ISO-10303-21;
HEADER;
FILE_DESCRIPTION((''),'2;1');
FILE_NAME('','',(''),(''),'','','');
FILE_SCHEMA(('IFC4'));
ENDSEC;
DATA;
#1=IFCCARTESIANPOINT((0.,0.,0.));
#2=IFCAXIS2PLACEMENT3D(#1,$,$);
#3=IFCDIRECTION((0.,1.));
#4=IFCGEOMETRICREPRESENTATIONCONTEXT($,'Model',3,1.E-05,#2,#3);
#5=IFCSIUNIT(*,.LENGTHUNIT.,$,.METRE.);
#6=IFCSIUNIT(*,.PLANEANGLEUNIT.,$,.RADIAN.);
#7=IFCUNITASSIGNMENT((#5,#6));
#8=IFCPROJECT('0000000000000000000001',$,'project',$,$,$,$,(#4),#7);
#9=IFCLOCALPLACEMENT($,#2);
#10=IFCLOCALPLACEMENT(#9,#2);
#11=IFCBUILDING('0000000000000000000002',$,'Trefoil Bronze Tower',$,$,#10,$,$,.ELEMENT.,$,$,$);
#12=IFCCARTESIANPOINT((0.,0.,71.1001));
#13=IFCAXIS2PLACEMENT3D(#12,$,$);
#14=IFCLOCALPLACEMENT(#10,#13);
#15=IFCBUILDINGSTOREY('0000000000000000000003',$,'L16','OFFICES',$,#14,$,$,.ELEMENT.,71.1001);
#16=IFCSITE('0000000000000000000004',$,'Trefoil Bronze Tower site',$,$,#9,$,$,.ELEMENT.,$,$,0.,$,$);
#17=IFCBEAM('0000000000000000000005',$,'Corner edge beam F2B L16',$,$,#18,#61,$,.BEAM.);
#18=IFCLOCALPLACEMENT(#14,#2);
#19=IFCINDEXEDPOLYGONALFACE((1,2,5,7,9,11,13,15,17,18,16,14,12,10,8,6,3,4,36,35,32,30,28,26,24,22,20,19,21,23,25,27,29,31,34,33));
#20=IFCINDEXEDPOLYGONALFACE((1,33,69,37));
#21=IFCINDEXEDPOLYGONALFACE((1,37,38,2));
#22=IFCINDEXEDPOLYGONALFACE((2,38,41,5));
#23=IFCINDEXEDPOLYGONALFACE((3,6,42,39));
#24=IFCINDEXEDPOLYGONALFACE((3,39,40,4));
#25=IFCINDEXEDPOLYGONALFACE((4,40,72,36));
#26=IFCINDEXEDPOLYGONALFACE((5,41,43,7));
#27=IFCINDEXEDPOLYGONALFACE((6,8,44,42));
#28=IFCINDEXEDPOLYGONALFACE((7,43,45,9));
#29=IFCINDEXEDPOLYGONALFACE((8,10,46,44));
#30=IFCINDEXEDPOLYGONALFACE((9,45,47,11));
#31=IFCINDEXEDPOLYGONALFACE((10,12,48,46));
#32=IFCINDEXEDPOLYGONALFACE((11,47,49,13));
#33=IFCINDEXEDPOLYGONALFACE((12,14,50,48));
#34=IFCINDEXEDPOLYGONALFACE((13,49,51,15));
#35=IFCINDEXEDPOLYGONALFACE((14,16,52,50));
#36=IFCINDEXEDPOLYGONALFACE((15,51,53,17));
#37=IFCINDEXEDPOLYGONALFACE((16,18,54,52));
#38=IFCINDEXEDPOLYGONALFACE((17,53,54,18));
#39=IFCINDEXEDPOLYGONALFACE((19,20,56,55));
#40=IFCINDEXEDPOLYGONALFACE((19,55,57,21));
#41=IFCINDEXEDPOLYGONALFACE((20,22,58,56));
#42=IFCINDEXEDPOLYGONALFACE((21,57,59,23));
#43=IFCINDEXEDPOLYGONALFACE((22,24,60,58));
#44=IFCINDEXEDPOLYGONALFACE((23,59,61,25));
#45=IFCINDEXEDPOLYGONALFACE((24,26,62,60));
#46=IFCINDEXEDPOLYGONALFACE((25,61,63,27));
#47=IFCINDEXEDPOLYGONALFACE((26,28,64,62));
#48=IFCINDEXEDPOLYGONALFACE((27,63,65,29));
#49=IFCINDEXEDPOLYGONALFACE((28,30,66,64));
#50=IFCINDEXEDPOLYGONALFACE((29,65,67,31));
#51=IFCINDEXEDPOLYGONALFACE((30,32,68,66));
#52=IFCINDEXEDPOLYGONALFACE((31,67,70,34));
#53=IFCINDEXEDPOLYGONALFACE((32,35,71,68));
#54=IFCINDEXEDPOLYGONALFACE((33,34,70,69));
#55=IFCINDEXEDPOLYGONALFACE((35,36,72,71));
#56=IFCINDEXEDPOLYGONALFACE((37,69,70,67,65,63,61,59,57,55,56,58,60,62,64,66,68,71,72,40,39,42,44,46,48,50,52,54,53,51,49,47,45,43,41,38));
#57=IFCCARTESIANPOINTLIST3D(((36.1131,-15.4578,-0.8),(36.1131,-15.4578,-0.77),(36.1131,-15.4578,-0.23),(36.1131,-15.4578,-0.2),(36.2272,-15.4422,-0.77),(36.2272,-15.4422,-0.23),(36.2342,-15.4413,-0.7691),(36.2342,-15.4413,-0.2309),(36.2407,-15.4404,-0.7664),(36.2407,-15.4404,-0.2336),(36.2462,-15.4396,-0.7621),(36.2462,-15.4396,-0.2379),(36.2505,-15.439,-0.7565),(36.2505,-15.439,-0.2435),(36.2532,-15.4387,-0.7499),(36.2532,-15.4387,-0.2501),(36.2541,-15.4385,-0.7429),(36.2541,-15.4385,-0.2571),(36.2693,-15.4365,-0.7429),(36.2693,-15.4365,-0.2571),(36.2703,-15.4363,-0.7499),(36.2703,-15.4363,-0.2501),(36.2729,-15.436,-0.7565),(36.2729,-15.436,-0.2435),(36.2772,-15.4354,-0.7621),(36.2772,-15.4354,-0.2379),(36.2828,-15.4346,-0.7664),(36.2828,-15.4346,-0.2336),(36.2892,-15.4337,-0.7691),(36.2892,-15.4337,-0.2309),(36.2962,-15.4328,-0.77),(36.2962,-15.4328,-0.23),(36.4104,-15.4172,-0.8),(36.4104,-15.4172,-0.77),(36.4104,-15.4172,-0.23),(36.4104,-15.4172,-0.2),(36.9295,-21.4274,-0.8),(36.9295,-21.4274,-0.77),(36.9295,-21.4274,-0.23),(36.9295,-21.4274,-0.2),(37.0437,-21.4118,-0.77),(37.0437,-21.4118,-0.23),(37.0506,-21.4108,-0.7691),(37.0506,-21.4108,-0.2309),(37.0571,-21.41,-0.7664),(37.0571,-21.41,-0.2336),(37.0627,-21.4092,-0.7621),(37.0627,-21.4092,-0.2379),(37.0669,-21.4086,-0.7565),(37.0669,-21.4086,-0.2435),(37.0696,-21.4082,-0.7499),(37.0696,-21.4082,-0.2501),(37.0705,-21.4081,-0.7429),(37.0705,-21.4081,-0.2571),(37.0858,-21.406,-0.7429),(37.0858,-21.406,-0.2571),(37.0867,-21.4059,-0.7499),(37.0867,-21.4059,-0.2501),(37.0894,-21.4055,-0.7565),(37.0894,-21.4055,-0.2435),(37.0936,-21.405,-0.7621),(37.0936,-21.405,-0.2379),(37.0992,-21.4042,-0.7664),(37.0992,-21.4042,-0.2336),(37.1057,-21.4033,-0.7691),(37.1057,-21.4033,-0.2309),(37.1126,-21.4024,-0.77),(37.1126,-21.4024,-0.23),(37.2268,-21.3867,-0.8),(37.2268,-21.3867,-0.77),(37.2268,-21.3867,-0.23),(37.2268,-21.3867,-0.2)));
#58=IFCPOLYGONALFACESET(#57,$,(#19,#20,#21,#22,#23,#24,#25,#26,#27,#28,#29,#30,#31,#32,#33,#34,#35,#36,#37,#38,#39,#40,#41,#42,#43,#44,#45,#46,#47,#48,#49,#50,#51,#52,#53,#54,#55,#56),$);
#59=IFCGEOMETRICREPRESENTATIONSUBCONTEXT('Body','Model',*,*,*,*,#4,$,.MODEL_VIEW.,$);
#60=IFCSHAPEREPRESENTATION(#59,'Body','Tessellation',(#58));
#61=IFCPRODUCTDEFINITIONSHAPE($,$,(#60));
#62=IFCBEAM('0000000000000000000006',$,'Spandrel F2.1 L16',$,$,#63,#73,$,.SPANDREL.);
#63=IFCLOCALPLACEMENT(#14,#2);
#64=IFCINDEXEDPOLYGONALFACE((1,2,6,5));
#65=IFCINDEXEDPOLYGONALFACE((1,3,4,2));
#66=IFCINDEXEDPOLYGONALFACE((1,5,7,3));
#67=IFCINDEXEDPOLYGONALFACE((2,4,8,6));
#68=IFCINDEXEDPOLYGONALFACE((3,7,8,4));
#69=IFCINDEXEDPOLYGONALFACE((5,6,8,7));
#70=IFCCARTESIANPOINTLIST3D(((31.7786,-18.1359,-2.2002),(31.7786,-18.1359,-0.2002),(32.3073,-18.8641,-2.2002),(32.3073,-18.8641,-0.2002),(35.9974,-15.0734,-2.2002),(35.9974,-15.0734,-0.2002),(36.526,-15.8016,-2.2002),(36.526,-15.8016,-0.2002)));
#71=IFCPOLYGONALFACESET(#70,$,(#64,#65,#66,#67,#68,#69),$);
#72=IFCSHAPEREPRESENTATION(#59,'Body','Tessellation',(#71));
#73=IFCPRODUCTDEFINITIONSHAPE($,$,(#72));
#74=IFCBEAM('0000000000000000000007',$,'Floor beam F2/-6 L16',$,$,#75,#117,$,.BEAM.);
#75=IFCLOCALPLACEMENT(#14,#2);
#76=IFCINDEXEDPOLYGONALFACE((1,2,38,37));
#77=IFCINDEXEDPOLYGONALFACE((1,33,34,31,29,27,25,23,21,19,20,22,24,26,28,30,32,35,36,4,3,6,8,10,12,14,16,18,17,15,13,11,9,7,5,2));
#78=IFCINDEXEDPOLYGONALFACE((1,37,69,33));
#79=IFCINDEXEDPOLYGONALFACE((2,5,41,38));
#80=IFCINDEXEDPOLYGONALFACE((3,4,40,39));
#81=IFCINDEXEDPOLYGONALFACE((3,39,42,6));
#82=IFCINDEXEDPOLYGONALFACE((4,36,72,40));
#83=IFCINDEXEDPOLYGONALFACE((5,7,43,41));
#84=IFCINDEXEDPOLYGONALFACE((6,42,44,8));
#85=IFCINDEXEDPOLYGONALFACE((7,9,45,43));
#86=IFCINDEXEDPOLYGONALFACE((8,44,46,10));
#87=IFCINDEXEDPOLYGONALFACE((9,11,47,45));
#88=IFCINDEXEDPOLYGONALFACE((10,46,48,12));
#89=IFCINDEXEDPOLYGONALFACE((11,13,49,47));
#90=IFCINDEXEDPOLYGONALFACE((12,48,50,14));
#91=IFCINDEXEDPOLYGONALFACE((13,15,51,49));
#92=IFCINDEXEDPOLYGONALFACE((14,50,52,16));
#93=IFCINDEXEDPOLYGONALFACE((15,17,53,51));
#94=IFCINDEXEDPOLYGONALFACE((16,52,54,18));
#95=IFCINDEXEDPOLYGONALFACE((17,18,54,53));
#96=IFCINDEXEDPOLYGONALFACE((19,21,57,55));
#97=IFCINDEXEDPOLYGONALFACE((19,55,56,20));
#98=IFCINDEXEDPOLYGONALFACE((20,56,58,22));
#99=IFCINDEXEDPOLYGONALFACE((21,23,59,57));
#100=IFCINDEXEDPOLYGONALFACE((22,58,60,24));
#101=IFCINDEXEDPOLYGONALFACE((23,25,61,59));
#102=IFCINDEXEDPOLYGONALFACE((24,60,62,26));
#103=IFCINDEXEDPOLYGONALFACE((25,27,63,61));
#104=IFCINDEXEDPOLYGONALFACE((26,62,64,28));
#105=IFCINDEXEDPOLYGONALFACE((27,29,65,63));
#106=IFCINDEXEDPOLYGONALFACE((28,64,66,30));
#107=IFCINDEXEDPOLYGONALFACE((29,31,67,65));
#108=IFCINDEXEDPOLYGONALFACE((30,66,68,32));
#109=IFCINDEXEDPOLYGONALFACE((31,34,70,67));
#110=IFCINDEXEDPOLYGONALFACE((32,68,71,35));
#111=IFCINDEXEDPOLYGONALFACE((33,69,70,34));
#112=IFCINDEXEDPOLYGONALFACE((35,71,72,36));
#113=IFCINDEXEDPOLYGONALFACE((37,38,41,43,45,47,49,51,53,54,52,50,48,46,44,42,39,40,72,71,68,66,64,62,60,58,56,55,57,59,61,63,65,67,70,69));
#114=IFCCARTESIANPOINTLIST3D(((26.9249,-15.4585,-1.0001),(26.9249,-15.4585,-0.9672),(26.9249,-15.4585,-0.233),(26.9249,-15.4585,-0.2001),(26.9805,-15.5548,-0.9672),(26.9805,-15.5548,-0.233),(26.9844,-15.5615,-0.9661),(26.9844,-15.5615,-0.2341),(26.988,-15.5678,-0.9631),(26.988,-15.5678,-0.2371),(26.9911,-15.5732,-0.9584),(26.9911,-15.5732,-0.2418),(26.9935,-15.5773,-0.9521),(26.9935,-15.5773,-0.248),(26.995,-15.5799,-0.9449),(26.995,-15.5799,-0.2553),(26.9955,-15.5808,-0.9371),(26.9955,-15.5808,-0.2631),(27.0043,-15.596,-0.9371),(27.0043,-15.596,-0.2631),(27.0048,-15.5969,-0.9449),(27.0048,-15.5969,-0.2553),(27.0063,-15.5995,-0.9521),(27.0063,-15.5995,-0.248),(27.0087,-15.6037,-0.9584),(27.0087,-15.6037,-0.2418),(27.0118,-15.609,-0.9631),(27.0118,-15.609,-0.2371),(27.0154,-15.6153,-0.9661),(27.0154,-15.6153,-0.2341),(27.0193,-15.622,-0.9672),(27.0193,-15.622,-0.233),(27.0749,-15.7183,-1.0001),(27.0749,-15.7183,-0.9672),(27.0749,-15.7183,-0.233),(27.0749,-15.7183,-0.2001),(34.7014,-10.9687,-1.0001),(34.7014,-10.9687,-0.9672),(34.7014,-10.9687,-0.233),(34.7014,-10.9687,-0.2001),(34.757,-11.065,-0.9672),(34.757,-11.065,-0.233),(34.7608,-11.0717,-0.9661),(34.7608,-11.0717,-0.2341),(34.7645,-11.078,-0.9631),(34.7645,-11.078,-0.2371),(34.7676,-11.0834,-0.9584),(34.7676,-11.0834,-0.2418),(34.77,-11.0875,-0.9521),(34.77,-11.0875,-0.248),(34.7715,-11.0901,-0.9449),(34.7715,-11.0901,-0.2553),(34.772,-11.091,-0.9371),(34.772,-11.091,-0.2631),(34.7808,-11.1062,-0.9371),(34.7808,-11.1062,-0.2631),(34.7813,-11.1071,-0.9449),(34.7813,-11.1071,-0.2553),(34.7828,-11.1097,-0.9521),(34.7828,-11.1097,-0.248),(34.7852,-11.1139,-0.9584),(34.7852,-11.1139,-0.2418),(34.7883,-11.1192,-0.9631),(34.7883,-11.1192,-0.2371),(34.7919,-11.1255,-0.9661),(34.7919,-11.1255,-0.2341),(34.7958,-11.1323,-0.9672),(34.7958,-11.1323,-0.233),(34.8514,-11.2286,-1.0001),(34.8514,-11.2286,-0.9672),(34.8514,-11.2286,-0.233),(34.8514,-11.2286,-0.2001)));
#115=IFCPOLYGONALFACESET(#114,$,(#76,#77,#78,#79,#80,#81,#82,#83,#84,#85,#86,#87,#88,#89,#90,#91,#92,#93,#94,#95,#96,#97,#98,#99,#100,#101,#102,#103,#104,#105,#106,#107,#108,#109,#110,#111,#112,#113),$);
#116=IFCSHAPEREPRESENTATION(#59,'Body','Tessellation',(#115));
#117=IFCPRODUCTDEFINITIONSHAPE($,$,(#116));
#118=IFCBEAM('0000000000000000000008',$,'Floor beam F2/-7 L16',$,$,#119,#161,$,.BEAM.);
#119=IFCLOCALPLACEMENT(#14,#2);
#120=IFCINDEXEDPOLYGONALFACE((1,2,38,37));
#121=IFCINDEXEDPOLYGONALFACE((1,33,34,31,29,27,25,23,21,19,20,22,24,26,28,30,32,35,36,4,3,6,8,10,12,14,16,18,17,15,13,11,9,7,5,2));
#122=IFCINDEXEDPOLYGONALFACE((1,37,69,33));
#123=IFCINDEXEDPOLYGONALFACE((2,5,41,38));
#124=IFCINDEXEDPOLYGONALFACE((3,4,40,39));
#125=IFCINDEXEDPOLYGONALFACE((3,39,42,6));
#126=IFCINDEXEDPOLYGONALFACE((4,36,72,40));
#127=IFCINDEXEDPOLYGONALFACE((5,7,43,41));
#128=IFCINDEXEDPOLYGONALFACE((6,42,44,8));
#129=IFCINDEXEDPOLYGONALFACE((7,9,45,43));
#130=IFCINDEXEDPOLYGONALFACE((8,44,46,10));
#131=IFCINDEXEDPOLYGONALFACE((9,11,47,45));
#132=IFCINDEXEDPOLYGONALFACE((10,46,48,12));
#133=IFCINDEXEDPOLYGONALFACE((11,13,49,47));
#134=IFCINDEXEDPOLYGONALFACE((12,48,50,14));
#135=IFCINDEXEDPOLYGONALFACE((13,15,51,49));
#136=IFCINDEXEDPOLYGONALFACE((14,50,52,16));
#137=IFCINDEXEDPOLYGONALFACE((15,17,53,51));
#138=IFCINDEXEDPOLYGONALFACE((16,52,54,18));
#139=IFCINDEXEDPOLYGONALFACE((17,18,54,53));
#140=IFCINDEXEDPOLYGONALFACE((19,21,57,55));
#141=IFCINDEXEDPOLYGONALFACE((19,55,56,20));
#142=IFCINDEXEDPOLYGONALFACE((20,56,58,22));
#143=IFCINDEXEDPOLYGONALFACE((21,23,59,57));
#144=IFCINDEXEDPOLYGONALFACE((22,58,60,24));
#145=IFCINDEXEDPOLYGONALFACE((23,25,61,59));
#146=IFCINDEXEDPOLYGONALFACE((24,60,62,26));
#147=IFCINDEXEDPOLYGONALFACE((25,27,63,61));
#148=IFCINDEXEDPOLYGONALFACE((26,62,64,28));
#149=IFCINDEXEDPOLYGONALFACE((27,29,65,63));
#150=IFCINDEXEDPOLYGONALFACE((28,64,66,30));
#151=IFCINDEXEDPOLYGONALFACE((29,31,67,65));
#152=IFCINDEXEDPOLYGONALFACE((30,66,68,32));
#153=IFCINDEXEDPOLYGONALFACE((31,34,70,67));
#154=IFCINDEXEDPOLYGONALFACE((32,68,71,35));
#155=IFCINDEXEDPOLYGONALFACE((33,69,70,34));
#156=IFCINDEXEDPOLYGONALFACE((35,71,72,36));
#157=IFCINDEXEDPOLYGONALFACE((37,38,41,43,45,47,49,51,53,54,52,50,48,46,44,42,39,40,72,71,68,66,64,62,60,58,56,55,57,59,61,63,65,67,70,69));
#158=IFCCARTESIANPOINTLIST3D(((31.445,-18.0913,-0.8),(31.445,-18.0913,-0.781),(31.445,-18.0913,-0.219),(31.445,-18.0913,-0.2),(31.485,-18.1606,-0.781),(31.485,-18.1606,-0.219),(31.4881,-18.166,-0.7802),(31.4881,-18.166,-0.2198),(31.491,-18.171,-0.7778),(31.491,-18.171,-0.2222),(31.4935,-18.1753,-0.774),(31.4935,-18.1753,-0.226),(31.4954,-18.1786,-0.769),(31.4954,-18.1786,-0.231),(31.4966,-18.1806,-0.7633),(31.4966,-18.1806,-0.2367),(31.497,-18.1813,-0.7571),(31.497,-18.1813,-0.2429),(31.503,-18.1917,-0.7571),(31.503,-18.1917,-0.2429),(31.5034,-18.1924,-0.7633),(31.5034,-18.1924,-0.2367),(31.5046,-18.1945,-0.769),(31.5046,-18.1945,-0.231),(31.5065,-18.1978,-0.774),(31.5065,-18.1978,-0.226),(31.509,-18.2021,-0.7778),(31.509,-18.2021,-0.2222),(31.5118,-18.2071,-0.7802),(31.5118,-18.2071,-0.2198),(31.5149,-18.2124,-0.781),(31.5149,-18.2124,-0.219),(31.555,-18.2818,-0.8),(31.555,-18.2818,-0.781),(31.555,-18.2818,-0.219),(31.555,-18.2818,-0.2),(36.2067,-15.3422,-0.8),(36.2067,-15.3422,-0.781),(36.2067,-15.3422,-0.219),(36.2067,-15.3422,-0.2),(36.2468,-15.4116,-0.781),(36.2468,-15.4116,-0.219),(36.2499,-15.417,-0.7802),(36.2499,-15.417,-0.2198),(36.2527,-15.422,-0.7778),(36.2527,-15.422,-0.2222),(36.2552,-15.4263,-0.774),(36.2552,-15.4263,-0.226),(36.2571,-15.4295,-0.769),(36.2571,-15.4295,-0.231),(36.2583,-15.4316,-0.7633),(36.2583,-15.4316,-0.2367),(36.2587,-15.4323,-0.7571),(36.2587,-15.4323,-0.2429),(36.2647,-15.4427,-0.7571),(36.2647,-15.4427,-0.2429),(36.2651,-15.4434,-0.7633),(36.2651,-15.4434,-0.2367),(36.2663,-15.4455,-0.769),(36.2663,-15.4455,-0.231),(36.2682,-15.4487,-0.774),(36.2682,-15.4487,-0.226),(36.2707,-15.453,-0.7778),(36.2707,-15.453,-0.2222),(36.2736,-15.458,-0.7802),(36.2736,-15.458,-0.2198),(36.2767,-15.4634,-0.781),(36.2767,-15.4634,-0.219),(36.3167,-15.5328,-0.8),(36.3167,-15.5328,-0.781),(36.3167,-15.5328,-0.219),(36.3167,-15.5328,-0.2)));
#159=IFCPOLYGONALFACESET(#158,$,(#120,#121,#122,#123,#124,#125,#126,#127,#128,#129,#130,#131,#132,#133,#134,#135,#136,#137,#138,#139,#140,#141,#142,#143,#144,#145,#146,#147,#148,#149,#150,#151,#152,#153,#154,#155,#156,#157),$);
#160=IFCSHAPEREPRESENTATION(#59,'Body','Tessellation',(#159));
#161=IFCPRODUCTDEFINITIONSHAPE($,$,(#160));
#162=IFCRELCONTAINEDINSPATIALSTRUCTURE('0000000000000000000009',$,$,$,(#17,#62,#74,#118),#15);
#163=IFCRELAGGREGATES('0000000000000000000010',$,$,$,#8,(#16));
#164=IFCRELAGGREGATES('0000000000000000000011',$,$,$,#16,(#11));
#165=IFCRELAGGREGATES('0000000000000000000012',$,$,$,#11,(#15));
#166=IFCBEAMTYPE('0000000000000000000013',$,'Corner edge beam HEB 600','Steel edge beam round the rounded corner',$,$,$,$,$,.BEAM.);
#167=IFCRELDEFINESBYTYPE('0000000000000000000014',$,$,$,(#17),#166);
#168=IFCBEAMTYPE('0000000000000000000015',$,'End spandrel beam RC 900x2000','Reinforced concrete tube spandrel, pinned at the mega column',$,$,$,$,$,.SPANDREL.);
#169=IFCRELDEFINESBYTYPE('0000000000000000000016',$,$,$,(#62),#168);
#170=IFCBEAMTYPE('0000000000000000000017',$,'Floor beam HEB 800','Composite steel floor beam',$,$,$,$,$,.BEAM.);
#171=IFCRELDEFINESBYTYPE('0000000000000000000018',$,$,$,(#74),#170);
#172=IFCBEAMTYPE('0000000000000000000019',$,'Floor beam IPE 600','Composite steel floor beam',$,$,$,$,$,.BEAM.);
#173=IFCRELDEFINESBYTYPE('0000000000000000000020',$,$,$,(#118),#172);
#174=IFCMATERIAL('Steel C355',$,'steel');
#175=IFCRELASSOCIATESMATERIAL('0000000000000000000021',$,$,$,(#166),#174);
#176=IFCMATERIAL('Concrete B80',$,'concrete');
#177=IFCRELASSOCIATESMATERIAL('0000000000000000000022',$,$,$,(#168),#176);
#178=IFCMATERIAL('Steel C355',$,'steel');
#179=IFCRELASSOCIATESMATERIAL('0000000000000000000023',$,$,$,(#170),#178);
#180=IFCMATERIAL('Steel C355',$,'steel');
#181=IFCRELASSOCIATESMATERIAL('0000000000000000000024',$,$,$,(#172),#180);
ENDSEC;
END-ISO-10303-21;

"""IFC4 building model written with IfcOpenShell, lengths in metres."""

from ifc_helpers import new_model, si_unit, direction, frame, origin, origin_2d, place, context, subcontext, project, spatial, rectangle, i_section, extrude, material, material_profile, profile_set, type_object, element, save


model = new_model("IFC4")

# Units and contexts
model_context = context("Model", 3, precision=1e-05, world=origin(), true_north=direction((0.0, 1.0)))
body_context = subcontext(model_context, "Body", "Model", "MODEL_VIEW")
ifc_project = project(units=[si_unit("LENGTHUNIT", "METRE"), si_unit("PLANEANGLEUNIT", "RADIAN")], contexts=[model_context])

# Site, building, storey
site_placement = place(None, origin())
site = spatial("IfcSite", under=ifc_project, at=site_placement, Name="Trefoil Bronze Tower site", CompositionType="ELEMENT", RefElevation=0.0)
building_placement = place(site_placement, origin())
building = spatial("IfcBuilding", under=site, at=building_placement, Name="Trefoil Bronze Tower", CompositionType="ELEMENT")
storey_placement = place(building_placement, frame((0.0, 0.0, 71.1001)))
storey = spatial("IfcBuildingStorey", under=building, at=storey_placement, Name="L16", Description="OFFICES", CompositionType="ELEMENT", Elevation=71.1001)

# Beams
ifc_material_1 = material(Name="Steel C355", Category="steel")
ifc_material_profile_1 = material_profile(ifc_material_1, i_section(OverallWidth=0.3, OverallDepth=0.6001, WebThickness=0.0154, FlangeThickness=0.03, FilletRadius=0.0271, at=origin_2d()), Name="HEB 600")
ifc_profile_set_1 = profile_set([ifc_material_profile_1], Name="Steel C355")
beam_type_1 = type_object("IfcBeamType", Name="Corner edge beam HEB 600", Description="Steel edge beam round the rounded corner", PredefinedType="BEAM", material=ifc_profile_set_1)
beam_1_placement = place(storey_placement, frame((36.2617, -15.4375, -0.5), z_axis=(0.135502, -0.990777, 0.0), x_axis=(0.990777, 0.135502, 0.0)))
element("IfcBeam", 1, at=beam_1_placement, inside=storey, type_object=beam_type_1, Name="Corner edge beam F2B L16", PredefinedType="BEAM", context=body_context, shape_type="SweptSolid", body=[
    extrude(i_section(OverallWidth=0.3, OverallDepth=0.6001, WebThickness=0.0154, FlangeThickness=0.03, FilletRadius=0.0271, at=origin_2d()), origin(), (0.0, 0.0, 1.0), 6.0251),
])
ifc_material_2 = material(Name="Concrete B80", Category="concrete")
ifc_material_profile_2 = material_profile(ifc_material_2, rectangle(XDim=0.8999, YDim=2.0, at=origin_2d()), Name="RC 900x2000")
ifc_profile_set_2 = profile_set([ifc_material_profile_2], Name="Concrete B80")
beam_type_2 = type_object("IfcBeamType", Name="End spandrel beam RC 900x2000", Description="Reinforced concrete tube spandrel, pinned at the mega column", PredefinedType="SPANDREL", material=ifc_profile_set_2)
beam_2_placement = place(storey_placement, frame((32.043, -18.5, -1.2002), z_axis=(0.809254, 0.587459, 0.0), x_axis=(-0.587459, 0.809254, 0.0)))
element("IfcBeam", 2, at=beam_2_placement, inside=storey, type_object=beam_type_2, Name="Spandrel F2.1 L16", PredefinedType="SPANDREL", context=body_context, shape_type="SweptSolid", body=[
    extrude(rectangle(XDim=0.8999, YDim=2.0, at=origin_2d()), origin(), (0.0, 0.0, 1.0), 5.2131),
])
ifc_material_3 = material(Name="Steel C355", Category="steel")
ifc_material_profile_3 = material_profile(ifc_material_3, i_section(OverallWidth=0.3, OverallDepth=0.8, WebThickness=0.0176, FlangeThickness=0.033, FilletRadius=0.03, at=origin_2d()), Name="HEB 800")
ifc_profile_set_3 = profile_set([ifc_material_profile_3], Name="Steel C355")
beam_type_3 = type_object("IfcBeamType", Name="Floor beam HEB 800", Description="Composite steel floor beam", PredefinedType="BEAM", material=ifc_profile_set_3)
beam_3_placement = place(storey_placement, frame((34.7764, -11.0986, -0.6001), z_axis=(-0.866023, -0.500005, 0.0), x_axis=(0.500005, -0.866023, 0.0)))
element("IfcBeam", 3, at=beam_3_placement, inside=storey, type_object=beam_type_3, Name="Floor beam F2/-6 L16", PredefinedType="BEAM", context=body_context, shape_type="SweptSolid", body=[
    extrude(i_section(OverallWidth=0.3, OverallDepth=0.8, WebThickness=0.0176, FlangeThickness=0.033, FilletRadius=0.03, at=origin_2d()), origin(), (0.0, 0.0, 1.0), 8.9795),
])
ifc_material_4 = material(Name="Steel C355", Category="steel")
ifc_material_profile_4 = material_profile(ifc_material_4, i_section(OverallWidth=0.22, OverallDepth=0.6001, WebThickness=0.012, FlangeThickness=0.019, FilletRadius=0.0239, at=origin_2d()), Name="IPE 600")
ifc_profile_set_4 = profile_set([ifc_material_profile_4], Name="Steel C355")
beam_type_4 = type_object("IfcBeamType", Name="Floor beam IPE 600", Description="Composite steel floor beam", PredefinedType="BEAM", material=ifc_profile_set_4)
beam_4_placement = place(storey_placement, frame((36.2617, -15.4375, -0.5), z_axis=(-0.866038, -0.499979, 0.0), x_axis=(0.499979, -0.866038, 0.0)))
element("IfcBeam", 4, at=beam_4_placement, inside=storey, type_object=beam_type_4, Name="Floor beam F2/-7 L16", PredefinedType="BEAM", context=body_context, shape_type="SweptSolid", body=[
    extrude(i_section(OverallWidth=0.22, OverallDepth=0.6001, WebThickness=0.012, FlangeThickness=0.019, FilletRadius=0.0239, at=origin_2d()), origin(), (0.0, 0.0, 1.0), 5.4983),
])

save(model, "model.ifc")
